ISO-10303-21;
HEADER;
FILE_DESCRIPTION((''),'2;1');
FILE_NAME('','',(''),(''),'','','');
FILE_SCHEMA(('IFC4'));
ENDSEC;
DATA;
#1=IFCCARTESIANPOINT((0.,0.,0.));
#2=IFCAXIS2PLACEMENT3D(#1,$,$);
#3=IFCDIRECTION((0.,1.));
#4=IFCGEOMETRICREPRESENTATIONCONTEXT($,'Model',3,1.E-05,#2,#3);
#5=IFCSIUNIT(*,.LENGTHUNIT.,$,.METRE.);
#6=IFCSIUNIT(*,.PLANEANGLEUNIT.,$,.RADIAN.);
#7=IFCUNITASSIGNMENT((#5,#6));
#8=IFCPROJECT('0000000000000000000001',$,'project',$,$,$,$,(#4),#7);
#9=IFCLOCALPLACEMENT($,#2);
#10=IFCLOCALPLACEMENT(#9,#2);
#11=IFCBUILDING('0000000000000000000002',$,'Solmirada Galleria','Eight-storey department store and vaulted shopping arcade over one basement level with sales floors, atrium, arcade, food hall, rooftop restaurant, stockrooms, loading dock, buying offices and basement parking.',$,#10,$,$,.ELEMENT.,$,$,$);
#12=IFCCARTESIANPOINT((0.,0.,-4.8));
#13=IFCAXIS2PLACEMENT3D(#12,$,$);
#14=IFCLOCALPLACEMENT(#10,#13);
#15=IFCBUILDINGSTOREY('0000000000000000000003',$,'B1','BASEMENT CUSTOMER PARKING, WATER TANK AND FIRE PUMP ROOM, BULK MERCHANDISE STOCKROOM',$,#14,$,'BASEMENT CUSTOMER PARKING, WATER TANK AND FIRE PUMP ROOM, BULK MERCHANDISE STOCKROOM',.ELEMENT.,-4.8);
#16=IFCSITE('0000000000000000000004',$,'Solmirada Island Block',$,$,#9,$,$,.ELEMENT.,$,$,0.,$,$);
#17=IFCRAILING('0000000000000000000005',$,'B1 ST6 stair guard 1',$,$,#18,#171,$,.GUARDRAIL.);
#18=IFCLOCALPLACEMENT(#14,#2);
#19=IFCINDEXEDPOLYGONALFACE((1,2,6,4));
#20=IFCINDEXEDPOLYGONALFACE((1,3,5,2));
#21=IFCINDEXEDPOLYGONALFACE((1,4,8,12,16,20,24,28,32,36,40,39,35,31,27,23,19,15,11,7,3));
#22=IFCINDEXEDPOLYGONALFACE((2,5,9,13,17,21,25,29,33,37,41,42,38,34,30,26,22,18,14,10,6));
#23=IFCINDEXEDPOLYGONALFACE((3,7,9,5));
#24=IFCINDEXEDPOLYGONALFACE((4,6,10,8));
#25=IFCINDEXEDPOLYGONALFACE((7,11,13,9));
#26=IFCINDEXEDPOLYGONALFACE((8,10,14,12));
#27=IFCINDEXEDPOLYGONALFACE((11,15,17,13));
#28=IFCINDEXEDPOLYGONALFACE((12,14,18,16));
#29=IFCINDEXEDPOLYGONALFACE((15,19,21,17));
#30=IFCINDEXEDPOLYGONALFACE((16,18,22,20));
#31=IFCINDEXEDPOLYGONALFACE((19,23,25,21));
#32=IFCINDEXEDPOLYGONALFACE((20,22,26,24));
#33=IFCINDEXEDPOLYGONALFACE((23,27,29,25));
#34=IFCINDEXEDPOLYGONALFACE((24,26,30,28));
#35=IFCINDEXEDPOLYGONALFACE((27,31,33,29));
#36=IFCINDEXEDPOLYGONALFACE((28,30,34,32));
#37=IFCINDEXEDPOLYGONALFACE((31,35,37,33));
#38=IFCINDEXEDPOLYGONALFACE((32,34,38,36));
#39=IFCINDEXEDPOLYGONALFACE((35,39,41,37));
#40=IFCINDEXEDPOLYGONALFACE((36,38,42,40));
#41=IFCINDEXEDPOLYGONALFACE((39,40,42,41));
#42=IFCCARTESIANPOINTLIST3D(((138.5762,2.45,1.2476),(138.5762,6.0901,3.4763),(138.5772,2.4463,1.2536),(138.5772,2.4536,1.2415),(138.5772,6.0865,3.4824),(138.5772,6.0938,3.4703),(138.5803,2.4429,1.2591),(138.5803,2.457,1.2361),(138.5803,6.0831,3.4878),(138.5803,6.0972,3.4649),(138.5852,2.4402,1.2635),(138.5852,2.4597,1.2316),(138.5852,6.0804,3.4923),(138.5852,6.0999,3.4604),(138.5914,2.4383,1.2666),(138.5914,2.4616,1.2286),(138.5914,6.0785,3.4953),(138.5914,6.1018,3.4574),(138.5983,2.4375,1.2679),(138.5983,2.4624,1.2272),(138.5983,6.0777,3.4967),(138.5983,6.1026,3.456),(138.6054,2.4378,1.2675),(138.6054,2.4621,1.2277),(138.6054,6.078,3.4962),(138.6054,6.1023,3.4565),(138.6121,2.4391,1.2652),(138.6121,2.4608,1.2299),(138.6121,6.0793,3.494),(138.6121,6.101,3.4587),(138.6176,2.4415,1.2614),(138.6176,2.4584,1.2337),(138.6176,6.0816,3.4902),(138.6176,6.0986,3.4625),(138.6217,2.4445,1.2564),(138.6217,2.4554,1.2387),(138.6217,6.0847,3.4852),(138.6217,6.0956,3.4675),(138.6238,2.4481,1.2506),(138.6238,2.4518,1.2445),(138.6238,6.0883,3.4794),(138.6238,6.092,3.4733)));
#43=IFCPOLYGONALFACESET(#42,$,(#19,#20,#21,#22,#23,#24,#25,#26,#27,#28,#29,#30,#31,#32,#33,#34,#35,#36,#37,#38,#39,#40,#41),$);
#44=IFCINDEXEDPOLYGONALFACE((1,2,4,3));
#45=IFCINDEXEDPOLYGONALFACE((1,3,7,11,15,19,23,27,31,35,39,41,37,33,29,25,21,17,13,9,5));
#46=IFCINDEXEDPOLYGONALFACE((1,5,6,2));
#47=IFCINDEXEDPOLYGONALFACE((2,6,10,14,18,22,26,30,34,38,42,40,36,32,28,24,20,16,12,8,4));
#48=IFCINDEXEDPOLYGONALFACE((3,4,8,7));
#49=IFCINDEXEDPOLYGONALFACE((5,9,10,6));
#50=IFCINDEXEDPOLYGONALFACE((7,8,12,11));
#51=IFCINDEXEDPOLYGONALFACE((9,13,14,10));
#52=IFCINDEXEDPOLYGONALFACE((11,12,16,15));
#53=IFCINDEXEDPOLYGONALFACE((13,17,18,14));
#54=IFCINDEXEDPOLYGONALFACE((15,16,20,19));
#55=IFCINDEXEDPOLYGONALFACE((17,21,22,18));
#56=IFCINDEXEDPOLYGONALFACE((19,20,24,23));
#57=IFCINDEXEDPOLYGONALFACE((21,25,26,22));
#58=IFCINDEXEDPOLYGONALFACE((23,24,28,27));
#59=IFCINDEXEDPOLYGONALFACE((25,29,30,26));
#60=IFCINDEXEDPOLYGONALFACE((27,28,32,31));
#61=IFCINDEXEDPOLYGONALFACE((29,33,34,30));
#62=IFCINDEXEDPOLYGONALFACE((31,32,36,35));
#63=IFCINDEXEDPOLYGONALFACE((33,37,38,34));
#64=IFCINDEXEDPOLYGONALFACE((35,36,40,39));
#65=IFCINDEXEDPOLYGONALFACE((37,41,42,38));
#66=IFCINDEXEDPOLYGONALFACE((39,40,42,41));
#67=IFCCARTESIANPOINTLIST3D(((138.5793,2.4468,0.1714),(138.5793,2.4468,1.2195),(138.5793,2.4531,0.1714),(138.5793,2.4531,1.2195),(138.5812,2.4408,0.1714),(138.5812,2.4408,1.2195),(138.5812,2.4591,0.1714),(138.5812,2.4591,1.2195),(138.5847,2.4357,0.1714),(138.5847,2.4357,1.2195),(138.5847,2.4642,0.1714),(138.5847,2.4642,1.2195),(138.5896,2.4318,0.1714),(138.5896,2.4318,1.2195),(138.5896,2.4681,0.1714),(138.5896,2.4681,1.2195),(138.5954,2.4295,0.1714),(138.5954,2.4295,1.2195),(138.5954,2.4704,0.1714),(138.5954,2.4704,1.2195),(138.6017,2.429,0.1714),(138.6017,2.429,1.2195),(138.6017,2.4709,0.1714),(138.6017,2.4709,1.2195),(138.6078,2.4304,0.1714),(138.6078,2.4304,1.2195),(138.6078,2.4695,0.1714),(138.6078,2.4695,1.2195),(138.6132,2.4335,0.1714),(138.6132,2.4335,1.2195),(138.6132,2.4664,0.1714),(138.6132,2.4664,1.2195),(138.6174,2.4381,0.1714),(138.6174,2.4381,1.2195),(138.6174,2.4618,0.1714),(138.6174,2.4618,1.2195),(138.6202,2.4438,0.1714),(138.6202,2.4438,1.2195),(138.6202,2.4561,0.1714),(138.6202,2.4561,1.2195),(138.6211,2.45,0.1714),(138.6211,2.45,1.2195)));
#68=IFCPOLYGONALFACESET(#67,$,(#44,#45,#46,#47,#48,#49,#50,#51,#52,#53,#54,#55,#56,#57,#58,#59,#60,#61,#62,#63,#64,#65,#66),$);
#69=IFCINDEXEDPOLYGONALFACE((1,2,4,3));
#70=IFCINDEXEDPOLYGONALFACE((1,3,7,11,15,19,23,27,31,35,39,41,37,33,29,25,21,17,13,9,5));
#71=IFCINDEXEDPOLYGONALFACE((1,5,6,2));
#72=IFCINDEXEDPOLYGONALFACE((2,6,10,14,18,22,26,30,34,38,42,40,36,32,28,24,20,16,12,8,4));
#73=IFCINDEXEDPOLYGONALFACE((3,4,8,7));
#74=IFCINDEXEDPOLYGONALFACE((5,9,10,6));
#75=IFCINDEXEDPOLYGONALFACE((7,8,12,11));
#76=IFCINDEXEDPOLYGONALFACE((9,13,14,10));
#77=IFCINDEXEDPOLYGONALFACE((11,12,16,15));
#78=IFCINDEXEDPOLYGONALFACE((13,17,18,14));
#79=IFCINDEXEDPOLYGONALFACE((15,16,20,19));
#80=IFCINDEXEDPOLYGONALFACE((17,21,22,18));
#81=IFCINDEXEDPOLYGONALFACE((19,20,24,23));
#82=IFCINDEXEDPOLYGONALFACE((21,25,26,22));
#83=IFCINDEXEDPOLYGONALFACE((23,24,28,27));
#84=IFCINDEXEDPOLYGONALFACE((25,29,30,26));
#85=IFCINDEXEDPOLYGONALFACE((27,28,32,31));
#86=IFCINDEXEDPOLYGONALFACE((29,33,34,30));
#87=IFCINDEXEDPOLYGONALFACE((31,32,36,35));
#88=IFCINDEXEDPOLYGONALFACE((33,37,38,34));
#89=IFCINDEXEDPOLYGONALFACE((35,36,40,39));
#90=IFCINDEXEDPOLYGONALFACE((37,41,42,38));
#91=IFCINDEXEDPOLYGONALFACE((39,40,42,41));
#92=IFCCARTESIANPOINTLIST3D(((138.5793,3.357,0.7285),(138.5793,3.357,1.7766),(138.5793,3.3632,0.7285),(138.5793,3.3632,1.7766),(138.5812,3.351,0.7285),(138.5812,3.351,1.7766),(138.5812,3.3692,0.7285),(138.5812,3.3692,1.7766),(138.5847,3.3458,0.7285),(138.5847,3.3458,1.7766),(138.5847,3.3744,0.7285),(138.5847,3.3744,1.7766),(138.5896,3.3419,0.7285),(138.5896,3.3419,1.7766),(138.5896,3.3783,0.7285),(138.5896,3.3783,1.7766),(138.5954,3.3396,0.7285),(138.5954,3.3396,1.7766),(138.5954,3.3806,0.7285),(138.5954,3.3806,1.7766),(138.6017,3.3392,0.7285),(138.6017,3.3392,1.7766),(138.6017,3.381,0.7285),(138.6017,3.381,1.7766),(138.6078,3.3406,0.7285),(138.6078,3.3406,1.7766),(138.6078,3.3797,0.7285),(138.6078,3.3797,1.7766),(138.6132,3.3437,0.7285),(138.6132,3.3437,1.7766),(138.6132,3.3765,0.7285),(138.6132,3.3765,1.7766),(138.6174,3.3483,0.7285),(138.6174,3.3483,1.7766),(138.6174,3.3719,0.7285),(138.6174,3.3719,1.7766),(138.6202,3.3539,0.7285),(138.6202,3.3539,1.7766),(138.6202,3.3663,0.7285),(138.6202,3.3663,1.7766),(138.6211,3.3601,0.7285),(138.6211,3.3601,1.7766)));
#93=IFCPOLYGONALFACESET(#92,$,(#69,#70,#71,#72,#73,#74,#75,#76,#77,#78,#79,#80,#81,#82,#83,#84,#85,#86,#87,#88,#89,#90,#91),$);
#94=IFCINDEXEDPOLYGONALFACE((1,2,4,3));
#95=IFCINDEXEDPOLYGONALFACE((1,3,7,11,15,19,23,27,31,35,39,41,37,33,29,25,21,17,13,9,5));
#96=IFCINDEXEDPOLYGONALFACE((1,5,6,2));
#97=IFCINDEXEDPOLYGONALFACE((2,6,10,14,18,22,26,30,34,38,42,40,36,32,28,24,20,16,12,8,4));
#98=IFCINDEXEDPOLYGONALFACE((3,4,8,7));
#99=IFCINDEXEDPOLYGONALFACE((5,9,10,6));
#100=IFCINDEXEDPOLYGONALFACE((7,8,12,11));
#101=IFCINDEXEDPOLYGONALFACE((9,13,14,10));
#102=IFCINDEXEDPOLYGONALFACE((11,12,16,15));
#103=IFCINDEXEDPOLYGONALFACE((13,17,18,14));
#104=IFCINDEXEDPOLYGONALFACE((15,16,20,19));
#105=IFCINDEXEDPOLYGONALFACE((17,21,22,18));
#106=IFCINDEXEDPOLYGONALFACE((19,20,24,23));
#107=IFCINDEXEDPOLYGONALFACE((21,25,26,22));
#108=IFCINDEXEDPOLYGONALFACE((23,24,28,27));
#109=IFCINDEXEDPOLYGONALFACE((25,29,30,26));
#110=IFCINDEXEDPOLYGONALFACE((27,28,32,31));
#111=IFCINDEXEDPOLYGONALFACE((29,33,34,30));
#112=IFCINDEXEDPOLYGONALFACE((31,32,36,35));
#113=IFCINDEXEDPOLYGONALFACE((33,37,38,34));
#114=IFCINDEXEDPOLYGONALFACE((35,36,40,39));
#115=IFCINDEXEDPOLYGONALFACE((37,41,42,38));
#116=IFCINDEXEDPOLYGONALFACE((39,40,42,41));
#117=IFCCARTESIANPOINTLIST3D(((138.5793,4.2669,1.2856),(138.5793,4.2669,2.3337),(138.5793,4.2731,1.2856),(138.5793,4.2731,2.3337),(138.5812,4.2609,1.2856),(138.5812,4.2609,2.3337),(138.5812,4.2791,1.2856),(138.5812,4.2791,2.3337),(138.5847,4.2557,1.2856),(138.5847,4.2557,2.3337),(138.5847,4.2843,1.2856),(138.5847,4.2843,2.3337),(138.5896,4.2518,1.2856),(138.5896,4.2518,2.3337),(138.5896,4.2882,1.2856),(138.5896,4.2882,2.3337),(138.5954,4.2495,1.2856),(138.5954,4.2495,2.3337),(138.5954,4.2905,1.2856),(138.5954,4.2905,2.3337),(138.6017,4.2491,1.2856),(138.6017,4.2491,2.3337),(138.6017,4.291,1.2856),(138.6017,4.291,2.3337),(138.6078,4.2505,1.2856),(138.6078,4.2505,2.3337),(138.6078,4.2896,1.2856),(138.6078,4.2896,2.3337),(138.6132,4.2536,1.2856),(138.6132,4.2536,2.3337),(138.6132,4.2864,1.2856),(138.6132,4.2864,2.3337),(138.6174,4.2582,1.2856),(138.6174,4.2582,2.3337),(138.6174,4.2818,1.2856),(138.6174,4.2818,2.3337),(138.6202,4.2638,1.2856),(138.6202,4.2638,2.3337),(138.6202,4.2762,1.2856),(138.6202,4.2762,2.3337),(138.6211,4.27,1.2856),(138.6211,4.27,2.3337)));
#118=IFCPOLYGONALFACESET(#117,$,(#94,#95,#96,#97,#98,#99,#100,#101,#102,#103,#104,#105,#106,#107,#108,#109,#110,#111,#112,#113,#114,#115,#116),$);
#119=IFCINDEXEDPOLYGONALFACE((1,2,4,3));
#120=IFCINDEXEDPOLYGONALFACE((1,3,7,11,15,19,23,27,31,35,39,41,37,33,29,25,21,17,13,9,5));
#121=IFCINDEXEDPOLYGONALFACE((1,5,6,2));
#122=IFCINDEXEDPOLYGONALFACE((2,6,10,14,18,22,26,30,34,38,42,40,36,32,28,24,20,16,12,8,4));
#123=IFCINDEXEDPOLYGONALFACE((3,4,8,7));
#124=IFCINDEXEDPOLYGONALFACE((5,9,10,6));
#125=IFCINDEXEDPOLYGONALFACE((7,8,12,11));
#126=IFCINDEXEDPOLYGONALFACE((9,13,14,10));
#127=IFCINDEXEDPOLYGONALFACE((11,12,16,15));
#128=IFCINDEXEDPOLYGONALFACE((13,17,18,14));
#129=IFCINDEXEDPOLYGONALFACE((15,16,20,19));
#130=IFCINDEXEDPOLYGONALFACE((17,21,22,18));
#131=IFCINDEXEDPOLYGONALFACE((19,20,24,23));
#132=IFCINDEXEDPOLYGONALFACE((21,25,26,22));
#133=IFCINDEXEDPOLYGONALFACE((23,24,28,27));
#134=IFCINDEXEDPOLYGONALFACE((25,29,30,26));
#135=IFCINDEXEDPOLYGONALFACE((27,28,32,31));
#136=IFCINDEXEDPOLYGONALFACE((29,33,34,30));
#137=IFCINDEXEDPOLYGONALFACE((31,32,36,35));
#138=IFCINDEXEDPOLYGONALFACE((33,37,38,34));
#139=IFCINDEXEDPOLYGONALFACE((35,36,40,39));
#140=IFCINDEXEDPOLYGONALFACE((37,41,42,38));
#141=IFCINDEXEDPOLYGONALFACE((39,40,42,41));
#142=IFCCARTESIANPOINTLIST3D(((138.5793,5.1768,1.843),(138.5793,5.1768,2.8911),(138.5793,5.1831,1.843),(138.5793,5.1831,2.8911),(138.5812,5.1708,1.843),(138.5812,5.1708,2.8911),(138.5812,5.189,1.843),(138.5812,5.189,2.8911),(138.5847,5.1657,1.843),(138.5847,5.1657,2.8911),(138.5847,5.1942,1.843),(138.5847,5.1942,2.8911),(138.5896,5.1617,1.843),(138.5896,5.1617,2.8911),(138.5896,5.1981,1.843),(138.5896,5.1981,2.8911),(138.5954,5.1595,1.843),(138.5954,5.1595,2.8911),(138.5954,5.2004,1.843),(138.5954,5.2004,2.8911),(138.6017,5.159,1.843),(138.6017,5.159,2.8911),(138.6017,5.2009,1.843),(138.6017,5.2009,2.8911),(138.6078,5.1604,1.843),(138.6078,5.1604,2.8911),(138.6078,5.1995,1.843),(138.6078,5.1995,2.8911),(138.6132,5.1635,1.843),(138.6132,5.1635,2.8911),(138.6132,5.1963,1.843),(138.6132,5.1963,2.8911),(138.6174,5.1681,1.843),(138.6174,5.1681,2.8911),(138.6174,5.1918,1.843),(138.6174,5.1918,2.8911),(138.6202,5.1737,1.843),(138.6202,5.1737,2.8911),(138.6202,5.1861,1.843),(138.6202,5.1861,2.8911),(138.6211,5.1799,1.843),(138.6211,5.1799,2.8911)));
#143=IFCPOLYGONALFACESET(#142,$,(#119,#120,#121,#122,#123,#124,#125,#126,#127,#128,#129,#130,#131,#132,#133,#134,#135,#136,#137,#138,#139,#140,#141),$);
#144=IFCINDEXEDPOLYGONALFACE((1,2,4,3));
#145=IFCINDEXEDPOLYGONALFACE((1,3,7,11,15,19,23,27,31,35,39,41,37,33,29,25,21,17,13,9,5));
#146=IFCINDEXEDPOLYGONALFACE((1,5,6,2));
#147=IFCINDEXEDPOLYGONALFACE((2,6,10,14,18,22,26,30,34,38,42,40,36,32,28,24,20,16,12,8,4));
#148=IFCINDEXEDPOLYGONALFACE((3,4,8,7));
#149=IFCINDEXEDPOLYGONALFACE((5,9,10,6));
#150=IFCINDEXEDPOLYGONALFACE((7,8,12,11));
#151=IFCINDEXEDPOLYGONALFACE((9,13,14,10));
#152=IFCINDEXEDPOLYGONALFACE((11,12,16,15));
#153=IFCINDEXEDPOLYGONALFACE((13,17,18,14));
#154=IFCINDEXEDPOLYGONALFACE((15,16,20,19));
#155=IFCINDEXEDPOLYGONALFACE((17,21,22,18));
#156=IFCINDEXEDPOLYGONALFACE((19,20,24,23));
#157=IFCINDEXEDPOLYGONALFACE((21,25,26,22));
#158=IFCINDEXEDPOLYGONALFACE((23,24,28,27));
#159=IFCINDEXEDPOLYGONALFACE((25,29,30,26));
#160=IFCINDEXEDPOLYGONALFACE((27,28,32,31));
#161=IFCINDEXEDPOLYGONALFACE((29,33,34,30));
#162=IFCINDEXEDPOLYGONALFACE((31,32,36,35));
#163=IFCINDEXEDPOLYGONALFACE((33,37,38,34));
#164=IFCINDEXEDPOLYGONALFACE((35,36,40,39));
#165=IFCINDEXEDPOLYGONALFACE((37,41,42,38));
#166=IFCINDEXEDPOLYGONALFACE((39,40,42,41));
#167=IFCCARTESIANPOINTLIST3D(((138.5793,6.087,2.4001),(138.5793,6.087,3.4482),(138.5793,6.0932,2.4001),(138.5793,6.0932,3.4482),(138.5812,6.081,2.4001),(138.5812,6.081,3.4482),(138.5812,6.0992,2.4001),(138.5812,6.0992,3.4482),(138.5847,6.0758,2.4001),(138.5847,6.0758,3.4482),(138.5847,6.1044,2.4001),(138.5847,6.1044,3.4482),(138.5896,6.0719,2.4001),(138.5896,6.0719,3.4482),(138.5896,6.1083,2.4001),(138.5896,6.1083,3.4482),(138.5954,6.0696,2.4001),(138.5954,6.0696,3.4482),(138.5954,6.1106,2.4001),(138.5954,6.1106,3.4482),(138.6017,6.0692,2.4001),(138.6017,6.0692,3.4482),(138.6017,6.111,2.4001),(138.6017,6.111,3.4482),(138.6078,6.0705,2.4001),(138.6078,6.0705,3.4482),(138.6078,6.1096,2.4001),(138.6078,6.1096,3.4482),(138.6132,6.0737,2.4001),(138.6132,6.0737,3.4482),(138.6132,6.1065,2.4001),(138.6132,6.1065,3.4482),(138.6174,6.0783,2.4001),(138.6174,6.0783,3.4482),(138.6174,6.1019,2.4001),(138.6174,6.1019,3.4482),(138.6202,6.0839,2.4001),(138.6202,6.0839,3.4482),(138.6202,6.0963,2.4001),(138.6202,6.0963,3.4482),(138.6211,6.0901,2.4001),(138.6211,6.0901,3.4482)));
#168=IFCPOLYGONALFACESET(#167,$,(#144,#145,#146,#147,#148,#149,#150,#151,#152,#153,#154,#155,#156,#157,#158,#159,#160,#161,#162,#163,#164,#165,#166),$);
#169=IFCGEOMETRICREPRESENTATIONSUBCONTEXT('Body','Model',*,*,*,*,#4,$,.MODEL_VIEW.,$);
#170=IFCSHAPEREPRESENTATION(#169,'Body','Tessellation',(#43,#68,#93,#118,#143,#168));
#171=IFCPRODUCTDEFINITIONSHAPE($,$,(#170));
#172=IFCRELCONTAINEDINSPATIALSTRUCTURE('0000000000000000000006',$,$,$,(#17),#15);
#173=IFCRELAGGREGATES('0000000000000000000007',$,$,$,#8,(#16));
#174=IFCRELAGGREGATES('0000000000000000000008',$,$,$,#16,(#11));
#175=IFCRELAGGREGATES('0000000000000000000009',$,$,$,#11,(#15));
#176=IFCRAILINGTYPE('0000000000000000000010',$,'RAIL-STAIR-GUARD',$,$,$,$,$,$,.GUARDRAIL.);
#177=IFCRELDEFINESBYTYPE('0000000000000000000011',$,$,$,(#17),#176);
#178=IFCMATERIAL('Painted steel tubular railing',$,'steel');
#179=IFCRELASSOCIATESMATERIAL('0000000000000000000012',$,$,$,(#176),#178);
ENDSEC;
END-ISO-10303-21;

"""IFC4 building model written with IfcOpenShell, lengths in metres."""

from ifc_helpers import new_model, si_unit, direction, frame, origin, origin_2d, place, context, subcontext, project, spatial, circle, extrude, material, type_object, element, save


model = new_model("IFC4")

# Units and contexts
model_context = context("Model", 3, precision=1e-05, world=origin(), true_north=direction((0.0, 1.0)))
body_context = subcontext(model_context, "Body", "Model", "MODEL_VIEW")
ifc_project = project(units=[si_unit("LENGTHUNIT", "METRE"), si_unit("PLANEANGLEUNIT", "RADIAN")], contexts=[model_context])

# Site, building, storey
site_placement = place(None, origin())
site = spatial("IfcSite", under=ifc_project, at=site_placement, Name="Solmirada Island Block", CompositionType="ELEMENT", RefElevation=0.0)
building_placement = place(site_placement, origin())
building = spatial("IfcBuilding", under=site, at=building_placement, Name="Solmirada Galleria", Description="Eight-storey department store and vaulted shopping arcade over one basement level with sales floors, atrium, arcade, food hall, rooftop restaurant, stockrooms, loading dock, buying offices and basement parking.", CompositionType="ELEMENT")
storey_placement = place(building_placement, frame((0.0, 0.0, -4.8)))
storey = spatial("IfcBuildingStorey", under=building, at=storey_placement, Name="B1", Description="BASEMENT CUSTOMER PARKING, WATER TANK AND FIRE PUMP ROOM, BULK MERCHANDISE STOCKROOM", LongName="BASEMENT CUSTOMER PARKING, WATER TANK AND FIRE PUMP ROOM, BULK MERCHANDISE STOCKROOM", CompositionType="ELEMENT", Elevation=-4.8)

# Railing
ifc_material_1 = material(Name="Painted steel tubular railing", Category="steel")
railing_type_1 = type_object("IfcRailingType", Name="RAIL-STAIR-GUARD", PredefinedType="GUARDRAIL", material=ifc_material_1)
railing_1_placement = place(storey_placement, frame((138.6001, 2.45, 0.1714)))
element("IfcRailing", 1, at=railing_1_placement, inside=storey, type_object=railing_type_1, Name="B1 ST6 stair guard 1", PredefinedType="GUARDRAIL", context=body_context, shape_type="SweptSolid", body=[
    extrude(circle(Radius=0.0239, at=origin_2d()), frame((0.0, 0.0, 1.0762), z_axis=(0.0, 0.85284, 0.522172), x_axis=(-1.0, 0.0, 0.0)), (0.0, 0.0, 1.0), 4.2683),
    extrude(circle(Radius=0.021, at=origin_2d()), origin(), (0.0, 0.0, 1.0), 1.0481),
    extrude(circle(Radius=0.021, at=origin_2d()), frame((0.0, 0.9102, 0.5571)), (0.0, 0.0, 1.0), 1.0481),
    extrude(circle(Radius=0.021, at=origin_2d()), frame((0.0, 1.8201, 1.1143)), (0.0, 0.0, 1.0), 1.0481),
    extrude(circle(Radius=0.021, at=origin_2d()), frame((0.0, 2.73, 1.6716)), (0.0, 0.0, 1.0), 1.0481),
    extrude(circle(Radius=0.021, at=origin_2d()), frame((0.0, 3.6401, 2.2288)), (0.0, 0.0, 1.0), 1.0481),
])

save(model, "model.ifc")
